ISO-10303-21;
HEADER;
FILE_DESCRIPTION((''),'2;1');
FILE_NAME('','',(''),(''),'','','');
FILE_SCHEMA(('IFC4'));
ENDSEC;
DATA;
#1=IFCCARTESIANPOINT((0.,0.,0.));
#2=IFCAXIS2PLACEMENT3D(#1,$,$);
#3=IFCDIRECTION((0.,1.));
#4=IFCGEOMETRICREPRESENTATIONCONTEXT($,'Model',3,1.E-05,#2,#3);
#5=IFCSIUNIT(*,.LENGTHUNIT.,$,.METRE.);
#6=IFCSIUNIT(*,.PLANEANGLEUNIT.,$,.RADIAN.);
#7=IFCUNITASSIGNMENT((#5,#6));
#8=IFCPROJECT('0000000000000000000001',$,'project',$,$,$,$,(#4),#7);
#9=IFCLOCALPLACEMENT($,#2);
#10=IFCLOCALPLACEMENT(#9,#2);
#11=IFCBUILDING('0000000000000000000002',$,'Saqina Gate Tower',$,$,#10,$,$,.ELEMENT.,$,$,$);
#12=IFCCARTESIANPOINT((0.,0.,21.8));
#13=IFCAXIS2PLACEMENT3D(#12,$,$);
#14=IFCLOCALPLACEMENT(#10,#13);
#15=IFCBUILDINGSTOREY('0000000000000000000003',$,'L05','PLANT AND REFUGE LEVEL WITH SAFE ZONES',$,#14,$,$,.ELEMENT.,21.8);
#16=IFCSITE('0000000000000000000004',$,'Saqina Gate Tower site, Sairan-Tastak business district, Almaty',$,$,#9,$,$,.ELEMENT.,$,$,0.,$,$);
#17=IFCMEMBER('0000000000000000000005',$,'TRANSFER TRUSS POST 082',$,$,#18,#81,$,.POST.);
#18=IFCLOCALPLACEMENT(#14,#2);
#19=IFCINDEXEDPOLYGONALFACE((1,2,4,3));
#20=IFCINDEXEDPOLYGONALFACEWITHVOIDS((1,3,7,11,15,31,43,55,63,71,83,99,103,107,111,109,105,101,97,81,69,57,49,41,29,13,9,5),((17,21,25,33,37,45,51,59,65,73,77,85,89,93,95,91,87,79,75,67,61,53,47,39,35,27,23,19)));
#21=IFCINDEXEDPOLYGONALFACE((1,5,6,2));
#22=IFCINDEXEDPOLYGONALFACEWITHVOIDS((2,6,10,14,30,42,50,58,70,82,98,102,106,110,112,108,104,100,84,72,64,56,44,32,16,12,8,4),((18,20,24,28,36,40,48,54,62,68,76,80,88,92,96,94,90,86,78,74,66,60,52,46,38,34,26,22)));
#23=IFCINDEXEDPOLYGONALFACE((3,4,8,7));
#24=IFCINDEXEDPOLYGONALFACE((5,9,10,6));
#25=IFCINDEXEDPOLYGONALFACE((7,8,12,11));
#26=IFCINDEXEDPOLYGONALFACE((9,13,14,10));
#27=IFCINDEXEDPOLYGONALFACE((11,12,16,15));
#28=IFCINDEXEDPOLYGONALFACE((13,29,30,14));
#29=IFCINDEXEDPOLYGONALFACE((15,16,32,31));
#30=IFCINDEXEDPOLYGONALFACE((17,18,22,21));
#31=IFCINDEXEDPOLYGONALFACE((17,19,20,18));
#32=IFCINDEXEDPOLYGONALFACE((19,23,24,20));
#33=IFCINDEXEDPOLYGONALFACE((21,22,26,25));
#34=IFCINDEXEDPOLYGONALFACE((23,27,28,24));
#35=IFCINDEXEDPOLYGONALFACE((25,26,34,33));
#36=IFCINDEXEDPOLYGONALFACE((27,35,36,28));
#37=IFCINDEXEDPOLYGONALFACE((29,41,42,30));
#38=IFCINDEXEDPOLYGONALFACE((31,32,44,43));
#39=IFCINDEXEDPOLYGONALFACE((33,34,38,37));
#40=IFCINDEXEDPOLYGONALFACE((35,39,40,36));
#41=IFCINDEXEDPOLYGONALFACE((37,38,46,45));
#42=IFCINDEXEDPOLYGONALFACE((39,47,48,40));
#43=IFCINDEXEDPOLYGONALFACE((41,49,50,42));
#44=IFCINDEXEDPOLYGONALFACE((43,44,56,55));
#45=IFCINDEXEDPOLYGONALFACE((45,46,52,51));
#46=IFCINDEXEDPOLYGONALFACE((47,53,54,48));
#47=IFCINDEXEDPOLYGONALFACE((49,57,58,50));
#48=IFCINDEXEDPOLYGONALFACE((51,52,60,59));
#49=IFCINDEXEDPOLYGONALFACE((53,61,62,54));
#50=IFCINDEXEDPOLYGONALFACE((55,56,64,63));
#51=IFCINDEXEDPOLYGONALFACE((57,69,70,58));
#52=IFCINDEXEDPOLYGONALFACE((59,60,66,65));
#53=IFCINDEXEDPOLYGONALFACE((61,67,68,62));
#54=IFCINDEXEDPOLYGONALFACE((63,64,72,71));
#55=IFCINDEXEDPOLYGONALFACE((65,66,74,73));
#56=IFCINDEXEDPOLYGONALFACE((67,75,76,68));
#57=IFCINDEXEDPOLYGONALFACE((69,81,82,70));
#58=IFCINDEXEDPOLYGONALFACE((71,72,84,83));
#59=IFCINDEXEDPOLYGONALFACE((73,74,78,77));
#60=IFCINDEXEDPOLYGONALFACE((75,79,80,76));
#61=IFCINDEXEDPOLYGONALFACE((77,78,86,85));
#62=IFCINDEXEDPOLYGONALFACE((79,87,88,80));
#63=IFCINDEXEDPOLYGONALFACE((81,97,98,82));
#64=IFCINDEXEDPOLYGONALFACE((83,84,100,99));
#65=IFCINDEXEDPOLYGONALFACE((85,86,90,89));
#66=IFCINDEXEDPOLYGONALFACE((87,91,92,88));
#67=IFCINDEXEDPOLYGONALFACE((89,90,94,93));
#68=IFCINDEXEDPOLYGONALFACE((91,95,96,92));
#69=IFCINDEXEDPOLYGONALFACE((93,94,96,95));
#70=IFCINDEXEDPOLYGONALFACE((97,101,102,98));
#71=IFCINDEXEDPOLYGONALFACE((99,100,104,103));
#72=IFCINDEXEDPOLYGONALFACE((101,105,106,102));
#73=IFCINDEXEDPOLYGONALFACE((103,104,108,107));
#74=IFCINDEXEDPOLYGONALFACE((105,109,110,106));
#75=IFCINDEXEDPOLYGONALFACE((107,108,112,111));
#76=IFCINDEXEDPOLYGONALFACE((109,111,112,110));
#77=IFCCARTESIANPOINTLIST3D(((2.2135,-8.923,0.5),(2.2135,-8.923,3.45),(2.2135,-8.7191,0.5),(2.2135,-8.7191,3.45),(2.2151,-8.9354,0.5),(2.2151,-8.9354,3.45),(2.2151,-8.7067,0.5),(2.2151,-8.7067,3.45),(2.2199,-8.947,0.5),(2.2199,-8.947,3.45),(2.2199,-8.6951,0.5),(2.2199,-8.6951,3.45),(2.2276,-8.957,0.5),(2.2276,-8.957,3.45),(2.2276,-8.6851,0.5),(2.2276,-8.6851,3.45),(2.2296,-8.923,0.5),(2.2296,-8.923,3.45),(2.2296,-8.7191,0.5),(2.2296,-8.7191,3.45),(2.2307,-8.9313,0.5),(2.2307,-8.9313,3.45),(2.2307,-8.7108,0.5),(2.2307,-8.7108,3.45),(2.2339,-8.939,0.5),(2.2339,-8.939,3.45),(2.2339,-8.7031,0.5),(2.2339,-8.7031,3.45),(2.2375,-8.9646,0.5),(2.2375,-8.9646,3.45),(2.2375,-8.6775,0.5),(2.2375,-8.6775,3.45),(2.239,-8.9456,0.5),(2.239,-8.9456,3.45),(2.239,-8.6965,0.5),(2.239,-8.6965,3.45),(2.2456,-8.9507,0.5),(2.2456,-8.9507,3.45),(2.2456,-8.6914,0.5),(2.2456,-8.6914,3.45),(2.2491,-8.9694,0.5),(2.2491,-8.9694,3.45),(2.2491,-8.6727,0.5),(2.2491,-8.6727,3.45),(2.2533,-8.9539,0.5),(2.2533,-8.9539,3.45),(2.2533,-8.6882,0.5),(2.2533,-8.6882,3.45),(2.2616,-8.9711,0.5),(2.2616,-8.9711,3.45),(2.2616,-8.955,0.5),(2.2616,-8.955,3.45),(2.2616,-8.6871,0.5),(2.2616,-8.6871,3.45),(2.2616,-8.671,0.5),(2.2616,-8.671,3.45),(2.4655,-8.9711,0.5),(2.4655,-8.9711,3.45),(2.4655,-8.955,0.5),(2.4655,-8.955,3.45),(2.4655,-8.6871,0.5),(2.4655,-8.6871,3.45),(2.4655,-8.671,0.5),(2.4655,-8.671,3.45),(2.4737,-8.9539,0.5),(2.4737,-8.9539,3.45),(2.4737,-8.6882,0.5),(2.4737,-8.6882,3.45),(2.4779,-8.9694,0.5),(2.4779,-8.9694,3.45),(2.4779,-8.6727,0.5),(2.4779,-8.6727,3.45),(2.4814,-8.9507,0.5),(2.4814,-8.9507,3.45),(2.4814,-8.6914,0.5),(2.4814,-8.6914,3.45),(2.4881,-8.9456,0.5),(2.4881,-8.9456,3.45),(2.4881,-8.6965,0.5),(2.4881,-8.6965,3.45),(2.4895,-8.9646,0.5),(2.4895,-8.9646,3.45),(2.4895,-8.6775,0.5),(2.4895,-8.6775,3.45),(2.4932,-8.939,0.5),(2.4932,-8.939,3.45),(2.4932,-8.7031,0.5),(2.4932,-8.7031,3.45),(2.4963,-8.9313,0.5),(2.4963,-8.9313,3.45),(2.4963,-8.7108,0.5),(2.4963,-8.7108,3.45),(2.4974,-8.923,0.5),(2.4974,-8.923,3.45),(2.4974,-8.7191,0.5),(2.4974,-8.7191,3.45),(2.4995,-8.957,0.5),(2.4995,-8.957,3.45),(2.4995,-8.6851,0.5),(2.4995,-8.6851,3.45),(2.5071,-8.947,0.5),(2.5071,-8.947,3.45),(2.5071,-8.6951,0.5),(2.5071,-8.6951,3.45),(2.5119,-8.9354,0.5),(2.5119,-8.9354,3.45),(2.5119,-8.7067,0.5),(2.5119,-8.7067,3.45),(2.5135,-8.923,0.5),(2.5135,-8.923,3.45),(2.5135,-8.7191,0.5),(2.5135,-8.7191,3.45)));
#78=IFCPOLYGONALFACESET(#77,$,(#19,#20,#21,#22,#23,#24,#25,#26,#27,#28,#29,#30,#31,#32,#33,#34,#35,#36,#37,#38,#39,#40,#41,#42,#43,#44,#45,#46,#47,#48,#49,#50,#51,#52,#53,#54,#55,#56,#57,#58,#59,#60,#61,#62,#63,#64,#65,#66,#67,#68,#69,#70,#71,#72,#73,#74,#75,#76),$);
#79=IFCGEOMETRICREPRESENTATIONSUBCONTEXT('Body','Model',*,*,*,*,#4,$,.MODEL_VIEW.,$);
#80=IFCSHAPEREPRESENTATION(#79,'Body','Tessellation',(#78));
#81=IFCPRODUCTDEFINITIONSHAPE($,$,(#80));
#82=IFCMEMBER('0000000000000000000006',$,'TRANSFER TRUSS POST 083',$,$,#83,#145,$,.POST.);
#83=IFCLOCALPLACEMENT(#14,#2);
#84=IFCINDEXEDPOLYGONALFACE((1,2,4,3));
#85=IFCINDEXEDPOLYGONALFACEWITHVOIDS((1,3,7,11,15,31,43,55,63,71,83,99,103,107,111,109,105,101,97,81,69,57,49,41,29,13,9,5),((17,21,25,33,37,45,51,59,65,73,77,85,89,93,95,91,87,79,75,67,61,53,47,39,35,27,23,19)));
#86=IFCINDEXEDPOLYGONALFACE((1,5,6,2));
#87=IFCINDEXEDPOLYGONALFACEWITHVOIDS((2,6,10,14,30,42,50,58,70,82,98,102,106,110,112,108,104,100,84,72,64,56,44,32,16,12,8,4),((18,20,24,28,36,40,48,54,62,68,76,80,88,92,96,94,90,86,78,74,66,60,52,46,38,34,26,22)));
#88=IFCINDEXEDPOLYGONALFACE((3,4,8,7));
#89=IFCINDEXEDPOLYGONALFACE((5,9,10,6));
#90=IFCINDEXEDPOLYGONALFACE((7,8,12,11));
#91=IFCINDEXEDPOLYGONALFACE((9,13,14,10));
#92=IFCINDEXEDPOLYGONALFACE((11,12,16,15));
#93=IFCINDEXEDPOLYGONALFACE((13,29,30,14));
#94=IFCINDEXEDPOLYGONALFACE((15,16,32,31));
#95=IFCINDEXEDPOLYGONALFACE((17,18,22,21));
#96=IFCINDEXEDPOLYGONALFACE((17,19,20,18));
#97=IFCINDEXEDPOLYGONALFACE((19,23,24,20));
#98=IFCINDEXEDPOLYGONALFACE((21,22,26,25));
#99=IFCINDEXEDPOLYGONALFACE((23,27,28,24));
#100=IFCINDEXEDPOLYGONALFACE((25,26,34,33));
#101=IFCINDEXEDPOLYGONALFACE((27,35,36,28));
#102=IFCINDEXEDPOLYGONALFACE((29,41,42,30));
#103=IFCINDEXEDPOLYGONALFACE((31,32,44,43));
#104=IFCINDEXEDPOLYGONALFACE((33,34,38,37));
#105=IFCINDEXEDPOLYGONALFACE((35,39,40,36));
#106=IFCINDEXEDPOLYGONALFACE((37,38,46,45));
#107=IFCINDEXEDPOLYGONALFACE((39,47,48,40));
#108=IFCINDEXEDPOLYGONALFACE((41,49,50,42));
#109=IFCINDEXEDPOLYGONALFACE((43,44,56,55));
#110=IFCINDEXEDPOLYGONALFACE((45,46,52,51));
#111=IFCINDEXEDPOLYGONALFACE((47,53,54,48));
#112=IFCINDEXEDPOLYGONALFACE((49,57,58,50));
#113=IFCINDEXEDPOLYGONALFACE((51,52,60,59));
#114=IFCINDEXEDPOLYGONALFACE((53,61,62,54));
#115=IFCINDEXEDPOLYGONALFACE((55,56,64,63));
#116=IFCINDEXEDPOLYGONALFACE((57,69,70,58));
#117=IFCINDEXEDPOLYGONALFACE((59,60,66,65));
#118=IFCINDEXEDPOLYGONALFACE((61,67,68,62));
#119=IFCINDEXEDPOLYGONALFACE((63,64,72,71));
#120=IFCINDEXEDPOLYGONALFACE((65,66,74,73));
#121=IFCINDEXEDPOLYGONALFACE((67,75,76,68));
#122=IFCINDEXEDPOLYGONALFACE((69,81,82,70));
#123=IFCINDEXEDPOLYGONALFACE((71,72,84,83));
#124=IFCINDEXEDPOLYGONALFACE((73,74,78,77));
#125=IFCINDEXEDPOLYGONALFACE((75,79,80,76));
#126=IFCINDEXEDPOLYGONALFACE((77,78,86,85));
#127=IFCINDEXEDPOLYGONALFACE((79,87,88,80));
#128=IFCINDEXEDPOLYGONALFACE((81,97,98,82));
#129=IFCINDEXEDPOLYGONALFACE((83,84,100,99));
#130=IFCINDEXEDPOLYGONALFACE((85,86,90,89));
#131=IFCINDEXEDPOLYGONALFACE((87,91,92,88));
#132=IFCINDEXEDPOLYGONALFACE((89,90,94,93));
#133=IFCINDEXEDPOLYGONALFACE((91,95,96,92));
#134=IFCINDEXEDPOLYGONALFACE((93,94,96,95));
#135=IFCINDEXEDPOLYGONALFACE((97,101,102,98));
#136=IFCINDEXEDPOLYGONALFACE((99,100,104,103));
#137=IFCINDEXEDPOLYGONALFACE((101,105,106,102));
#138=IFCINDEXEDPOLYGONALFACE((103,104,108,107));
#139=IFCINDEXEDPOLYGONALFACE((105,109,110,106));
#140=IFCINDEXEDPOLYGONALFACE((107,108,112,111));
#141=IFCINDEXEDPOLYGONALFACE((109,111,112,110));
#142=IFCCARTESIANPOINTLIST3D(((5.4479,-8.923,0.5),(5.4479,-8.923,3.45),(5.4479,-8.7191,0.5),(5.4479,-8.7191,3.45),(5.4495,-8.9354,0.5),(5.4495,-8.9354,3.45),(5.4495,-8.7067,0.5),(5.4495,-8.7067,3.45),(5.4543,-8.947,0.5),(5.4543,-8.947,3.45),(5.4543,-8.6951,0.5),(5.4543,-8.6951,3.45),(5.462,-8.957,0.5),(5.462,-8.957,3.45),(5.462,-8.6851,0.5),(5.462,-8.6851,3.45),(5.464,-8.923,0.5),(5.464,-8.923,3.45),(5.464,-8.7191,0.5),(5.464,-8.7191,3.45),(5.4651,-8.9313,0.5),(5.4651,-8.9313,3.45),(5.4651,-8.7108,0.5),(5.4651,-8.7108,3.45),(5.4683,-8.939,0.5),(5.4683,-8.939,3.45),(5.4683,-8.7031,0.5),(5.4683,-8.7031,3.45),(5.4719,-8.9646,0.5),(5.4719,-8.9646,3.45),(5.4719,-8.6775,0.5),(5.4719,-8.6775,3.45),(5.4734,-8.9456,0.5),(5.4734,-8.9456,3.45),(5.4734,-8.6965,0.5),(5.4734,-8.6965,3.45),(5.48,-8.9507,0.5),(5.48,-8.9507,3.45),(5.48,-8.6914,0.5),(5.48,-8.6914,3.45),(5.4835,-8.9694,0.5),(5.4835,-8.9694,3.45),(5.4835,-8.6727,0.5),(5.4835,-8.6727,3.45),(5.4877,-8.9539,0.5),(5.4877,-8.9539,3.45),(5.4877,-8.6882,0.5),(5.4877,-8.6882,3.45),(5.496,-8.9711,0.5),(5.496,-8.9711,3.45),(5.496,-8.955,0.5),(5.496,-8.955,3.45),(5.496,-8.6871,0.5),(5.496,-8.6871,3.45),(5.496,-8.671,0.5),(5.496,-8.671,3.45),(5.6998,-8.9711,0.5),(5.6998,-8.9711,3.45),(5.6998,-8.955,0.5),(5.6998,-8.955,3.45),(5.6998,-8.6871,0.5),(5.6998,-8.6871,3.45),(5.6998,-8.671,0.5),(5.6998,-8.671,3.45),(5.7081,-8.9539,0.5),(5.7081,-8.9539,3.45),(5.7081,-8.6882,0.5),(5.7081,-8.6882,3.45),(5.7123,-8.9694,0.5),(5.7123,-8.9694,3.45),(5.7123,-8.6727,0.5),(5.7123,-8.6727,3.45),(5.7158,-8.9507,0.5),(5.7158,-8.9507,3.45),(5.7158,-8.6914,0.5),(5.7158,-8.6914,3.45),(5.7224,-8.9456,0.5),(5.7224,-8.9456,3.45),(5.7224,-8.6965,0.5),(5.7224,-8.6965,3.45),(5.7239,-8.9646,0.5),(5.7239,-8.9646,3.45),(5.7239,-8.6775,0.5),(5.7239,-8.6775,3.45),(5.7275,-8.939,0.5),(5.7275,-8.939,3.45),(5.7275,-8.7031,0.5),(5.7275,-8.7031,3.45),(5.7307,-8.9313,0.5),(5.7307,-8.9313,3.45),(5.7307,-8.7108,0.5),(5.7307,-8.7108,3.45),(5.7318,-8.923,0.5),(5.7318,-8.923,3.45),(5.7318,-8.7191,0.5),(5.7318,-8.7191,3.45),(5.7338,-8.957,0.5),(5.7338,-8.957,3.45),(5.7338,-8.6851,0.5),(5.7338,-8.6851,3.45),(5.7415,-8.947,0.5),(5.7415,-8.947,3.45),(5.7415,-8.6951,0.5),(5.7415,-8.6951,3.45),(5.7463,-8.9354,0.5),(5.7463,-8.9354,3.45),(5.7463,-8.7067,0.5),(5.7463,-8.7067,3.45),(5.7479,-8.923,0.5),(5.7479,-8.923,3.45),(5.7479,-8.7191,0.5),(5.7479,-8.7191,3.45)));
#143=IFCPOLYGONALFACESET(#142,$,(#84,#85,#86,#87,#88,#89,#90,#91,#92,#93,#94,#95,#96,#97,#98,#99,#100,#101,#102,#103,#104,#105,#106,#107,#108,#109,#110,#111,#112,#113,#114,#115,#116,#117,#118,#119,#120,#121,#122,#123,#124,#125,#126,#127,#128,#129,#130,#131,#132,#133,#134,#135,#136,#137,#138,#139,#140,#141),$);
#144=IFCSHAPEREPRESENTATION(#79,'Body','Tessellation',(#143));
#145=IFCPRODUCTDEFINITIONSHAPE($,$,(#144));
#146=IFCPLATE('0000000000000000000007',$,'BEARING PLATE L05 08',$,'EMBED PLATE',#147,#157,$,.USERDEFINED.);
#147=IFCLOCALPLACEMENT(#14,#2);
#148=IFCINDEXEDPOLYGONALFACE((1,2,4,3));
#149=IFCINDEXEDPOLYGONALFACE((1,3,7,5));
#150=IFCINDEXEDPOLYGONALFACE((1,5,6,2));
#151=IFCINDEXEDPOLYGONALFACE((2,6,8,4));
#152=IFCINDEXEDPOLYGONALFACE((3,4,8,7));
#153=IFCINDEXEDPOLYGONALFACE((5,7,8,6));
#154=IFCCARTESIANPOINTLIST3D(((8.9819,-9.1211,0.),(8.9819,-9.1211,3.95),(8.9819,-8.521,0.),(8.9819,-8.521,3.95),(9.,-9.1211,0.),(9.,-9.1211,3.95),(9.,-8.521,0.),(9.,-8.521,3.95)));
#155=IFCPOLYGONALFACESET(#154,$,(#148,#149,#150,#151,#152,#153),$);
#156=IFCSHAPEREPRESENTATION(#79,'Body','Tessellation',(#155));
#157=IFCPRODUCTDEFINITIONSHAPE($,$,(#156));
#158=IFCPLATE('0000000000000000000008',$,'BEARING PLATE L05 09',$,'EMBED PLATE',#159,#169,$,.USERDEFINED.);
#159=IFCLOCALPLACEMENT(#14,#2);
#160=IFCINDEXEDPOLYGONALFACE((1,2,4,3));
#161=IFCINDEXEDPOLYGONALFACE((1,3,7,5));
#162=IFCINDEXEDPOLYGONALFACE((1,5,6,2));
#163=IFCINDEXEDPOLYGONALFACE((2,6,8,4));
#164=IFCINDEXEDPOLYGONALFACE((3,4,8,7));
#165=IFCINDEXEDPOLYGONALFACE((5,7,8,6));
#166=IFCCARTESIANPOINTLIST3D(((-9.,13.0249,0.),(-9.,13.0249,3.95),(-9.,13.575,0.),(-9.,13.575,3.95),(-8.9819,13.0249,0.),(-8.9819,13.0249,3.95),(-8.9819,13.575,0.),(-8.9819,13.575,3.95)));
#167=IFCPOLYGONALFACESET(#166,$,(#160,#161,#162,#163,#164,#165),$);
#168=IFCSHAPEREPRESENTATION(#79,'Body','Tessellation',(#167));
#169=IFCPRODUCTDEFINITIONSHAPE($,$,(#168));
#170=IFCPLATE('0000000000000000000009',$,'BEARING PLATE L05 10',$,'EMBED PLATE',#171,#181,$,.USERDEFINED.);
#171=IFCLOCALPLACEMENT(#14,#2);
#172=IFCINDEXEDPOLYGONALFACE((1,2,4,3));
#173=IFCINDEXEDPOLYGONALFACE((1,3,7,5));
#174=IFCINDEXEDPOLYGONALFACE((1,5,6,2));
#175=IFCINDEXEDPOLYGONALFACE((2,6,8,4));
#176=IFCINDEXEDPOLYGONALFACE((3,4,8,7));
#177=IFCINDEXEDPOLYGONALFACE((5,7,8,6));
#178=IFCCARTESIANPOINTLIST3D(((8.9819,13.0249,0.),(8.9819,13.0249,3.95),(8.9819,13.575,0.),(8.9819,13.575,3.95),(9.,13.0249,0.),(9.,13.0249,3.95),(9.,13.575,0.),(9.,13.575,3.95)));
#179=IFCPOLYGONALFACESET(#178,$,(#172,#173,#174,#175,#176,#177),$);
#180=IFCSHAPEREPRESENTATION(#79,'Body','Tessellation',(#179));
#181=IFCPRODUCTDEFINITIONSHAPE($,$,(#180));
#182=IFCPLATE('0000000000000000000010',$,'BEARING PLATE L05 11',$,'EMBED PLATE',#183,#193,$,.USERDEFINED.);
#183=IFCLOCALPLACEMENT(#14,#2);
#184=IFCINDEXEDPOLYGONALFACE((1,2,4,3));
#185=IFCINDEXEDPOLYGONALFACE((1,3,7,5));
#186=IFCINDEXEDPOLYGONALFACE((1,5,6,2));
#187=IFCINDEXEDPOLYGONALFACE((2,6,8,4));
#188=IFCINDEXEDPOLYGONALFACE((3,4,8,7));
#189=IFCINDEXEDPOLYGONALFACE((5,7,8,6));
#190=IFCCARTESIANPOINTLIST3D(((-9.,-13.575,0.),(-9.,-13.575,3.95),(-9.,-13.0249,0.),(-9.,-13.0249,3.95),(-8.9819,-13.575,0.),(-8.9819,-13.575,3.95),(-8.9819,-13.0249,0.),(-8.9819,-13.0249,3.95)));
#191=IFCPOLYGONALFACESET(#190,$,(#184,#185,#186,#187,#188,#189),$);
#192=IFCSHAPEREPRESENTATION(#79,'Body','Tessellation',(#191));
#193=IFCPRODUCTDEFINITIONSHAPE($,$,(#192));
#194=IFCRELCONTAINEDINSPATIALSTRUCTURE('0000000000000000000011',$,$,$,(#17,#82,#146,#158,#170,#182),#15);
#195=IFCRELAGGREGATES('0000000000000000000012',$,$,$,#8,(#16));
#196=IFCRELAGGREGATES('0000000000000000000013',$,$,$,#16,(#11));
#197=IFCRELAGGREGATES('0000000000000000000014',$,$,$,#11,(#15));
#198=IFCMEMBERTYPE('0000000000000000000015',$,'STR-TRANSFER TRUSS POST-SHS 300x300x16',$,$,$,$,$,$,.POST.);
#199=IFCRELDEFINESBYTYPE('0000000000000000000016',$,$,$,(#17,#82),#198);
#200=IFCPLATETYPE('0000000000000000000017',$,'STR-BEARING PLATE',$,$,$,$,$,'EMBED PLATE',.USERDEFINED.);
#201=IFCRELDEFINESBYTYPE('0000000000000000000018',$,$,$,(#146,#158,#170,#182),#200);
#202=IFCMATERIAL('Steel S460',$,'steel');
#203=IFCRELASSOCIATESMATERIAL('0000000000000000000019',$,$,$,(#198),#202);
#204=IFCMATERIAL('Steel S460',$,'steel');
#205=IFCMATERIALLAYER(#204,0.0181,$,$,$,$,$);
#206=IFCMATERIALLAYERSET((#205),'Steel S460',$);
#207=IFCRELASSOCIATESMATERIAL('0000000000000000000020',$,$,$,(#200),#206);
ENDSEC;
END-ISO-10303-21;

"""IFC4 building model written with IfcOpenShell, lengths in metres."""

from ifc_helpers import new_model, si_unit, direction, frame, origin, origin_2d, place, context, subcontext, project, spatial, polyline, hollow_rectangle, outline, extrude, material, layer, layer_set, material_profile, profile_set, type_object, element, save


model = new_model("IFC4")

# Units and contexts
model_context = context("Model", 3, precision=1e-05, world=origin(), true_north=direction((0.0, 1.0)))
body_context = subcontext(model_context, "Body", "Model", "MODEL_VIEW")
ifc_project = project(units=[si_unit("LENGTHUNIT", "METRE"), si_unit("PLANEANGLEUNIT", "RADIAN")], contexts=[model_context])

# Site, building, storey
site_placement = place(None, origin())
site = spatial("IfcSite", under=ifc_project, at=site_placement, Name="Saqina Gate Tower site, Sairan-Tastak business district, Almaty", CompositionType="ELEMENT", RefElevation=0.0)
building_placement = place(site_placement, origin())
building = spatial("IfcBuilding", under=site, at=building_placement, Name="Saqina Gate Tower", CompositionType="ELEMENT")
storey_placement = place(building_placement, frame((0.0, 0.0, 21.8)))
storey = spatial("IfcBuildingStorey", under=building, at=storey_placement, Name="L05", Description="PLANT AND REFUGE LEVEL WITH SAFE ZONES", CompositionType="ELEMENT", Elevation=21.8)

# Members
ifc_material_1 = material(Name="Steel S460", Category="steel")
ifc_material_profile_1 = material_profile(ifc_material_1, hollow_rectangle(XDim=0.3, YDim=0.3, WallThickness=0.0161, InnerFilletRadius=0.032, OuterFilletRadius=0.0481, at=origin_2d()), Name="SHS 300x300x16")
ifc_profile_set_1 = profile_set([ifc_material_profile_1], Name="Steel S460")
member_type_1 = type_object("IfcMemberType", Name="STR-TRANSFER TRUSS POST-SHS 300x300x16", PredefinedType="POST", material=ifc_profile_set_1)
for number, where, z_axis, x_axis, name in (
    (1, (2.3635, -8.821, 0.5), (0.0, 0.0, 1.0), (1.0, 0.0, 0.0), "TRANSFER TRUSS POST 082"),
    (2, (5.5979, -8.821, 0.5), (0.0, 0.0, 1.0), (1.0, 0.0, 0.0), "TRANSFER TRUSS POST 083"),
):
    element("IfcMember", number, at=place(storey_placement, frame(where, z_axis=z_axis, x_axis=x_axis)), inside=storey, type_object=member_type_1, Name=name, PredefinedType="POST", context=body_context, shape_type="SweptSolid", body=[
        extrude(hollow_rectangle(XDim=0.3, YDim=0.3, WallThickness=0.0161, InnerFilletRadius=0.032, OuterFilletRadius=0.0481, at=origin_2d()), origin(), (0.0, 0.0, 1.0), 2.95),
    ])

# Plates
ifc_material_2 = material(Name="Steel S460", Category="steel")
ifc_layer_1 = layer(ifc_material_2, 0.0181)
ifc_layer_set_1 = layer_set([ifc_layer_1], Name="Steel S460")
plate_type = type_object("IfcPlateType", Name="STR-BEARING PLATE", ElementType="EMBED PLATE", PredefinedType="USERDEFINED", material=ifc_layer_set_1)
plate_1_placement = place(storey_placement, origin())
element("IfcPlate", 3, at=plate_1_placement, inside=storey, type_object=plate_type, Name="BEARING PLATE L05 08", ObjectType="EMBED PLATE", PredefinedType="USERDEFINED", context=body_context, shape_type="SweptSolid", body=[
    extrude(outline(polyline([(9.0, -9.1211), (9.0, -8.521), (8.9819, -8.521), (8.9819, -9.1211), (9.0, -9.1211)])), origin(), (0.0, 0.0, 1.0), 3.95),
])
plate_2_placement = place(storey_placement, origin())
element("IfcPlate", 4, at=plate_2_placement, inside=storey, type_object=plate_type, Name="BEARING PLATE L05 09", ObjectType="EMBED PLATE", PredefinedType="USERDEFINED", context=body_context, shape_type="SweptSolid", body=[
    extrude(outline(polyline([(-8.9819, 13.0249), (-8.9819, 13.575), (-9.0, 13.575), (-9.0, 13.0249), (-8.9819, 13.0249)])), origin(), (0.0, 0.0, 1.0), 3.95),
])
plate_3_placement = place(storey_placement, origin())
element("IfcPlate", 5, at=plate_3_placement, inside=storey, type_object=plate_type, Name="BEARING PLATE L05 10", ObjectType="EMBED PLATE", PredefinedType="USERDEFINED", context=body_context, shape_type="SweptSolid", body=[
    extrude(outline(polyline([(9.0, 13.0249), (9.0, 13.575), (8.9819, 13.575), (8.9819, 13.0249), (9.0, 13.0249)])), origin(), (0.0, 0.0, 1.0), 3.95),
])
plate_4_placement = place(storey_placement, origin())
element("IfcPlate", 6, at=plate_4_placement, inside=storey, type_object=plate_type, Name="BEARING PLATE L05 11", ObjectType="EMBED PLATE", PredefinedType="USERDEFINED", context=body_context, shape_type="SweptSolid", body=[
    extrude(outline(polyline([(-8.9819, -13.575), (-8.9819, -13.0249), (-9.0, -13.0249), (-9.0, -13.575), (-8.9819, -13.575)])), origin(), (0.0, 0.0, 1.0), 3.95),
])

save(model, "model.ifc")
